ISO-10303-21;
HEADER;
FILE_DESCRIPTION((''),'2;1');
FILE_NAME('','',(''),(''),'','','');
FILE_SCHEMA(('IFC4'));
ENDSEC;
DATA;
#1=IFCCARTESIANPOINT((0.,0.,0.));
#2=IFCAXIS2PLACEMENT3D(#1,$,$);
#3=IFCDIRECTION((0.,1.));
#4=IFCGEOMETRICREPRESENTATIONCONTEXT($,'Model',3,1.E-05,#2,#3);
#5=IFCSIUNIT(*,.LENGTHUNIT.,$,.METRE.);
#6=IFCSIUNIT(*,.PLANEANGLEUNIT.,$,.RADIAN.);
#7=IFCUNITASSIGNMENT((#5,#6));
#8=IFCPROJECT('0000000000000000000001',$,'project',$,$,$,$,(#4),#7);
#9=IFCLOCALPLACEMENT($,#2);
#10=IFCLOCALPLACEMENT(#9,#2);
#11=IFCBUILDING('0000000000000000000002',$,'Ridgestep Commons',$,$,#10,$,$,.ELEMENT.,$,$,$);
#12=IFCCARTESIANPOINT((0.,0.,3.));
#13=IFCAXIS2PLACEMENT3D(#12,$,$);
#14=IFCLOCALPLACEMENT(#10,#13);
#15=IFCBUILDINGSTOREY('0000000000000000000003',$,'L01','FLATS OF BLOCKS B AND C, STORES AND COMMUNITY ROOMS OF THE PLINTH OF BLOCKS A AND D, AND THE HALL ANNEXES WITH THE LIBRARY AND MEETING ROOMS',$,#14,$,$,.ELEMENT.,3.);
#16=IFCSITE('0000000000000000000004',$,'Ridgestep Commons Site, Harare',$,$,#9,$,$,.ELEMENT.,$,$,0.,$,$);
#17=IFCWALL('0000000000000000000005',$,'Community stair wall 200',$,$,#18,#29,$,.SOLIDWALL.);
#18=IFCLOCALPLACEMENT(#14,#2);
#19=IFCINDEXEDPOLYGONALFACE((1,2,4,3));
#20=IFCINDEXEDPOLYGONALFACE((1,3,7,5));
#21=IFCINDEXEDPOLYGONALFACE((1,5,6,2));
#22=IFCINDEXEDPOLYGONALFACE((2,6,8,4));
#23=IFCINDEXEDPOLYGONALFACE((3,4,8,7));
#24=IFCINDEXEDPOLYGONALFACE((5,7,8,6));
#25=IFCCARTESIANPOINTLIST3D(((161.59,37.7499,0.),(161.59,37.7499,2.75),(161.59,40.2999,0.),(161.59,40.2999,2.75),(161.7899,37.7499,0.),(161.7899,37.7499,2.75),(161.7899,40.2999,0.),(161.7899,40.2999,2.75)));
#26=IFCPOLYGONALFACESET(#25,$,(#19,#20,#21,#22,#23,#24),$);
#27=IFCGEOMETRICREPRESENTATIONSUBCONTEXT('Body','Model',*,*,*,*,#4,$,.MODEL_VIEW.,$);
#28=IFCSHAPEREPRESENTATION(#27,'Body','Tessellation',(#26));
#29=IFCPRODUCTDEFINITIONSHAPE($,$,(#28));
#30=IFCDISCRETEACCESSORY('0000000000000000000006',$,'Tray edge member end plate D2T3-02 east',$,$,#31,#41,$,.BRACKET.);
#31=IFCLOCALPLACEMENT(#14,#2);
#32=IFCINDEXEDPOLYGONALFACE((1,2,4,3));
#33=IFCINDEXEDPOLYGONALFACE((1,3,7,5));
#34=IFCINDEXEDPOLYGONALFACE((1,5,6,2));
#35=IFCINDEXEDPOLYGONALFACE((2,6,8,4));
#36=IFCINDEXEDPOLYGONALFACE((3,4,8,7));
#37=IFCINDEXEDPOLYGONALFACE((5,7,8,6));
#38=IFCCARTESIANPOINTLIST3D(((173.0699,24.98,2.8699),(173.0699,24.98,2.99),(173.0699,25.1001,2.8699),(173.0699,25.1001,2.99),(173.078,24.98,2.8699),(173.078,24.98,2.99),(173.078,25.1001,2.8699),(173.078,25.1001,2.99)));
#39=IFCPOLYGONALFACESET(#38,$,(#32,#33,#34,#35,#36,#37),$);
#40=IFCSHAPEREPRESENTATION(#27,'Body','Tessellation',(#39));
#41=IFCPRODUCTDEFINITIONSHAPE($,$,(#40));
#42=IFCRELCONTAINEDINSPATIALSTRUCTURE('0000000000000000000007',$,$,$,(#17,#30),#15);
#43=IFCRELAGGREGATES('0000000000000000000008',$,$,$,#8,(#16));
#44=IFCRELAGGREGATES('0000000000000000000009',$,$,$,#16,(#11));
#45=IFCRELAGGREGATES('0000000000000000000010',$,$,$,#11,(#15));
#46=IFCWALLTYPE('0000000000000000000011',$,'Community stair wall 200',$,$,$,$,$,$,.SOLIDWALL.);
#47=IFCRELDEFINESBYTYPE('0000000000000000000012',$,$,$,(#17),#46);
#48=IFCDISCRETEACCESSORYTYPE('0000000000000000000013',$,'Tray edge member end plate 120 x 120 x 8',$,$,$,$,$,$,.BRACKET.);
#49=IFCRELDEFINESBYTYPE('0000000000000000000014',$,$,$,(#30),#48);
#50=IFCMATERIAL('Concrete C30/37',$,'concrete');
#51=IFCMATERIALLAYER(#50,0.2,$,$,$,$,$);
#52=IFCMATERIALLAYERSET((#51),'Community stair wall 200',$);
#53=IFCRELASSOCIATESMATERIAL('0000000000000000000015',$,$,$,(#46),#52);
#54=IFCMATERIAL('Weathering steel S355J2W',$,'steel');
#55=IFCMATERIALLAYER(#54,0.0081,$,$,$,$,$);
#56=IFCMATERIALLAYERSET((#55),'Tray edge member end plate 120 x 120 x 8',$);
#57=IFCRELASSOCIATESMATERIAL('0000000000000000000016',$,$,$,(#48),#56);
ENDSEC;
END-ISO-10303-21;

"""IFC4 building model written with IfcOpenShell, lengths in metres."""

from ifc_helpers import new_model, si_unit, direction, frame, frame_2d, origin, origin_2d, place, context, subcontext, project, spatial, rectangle, extrude, material, layer, layer_set, type_object, element, save


model = new_model("IFC4")

# Units and contexts
model_context = context("Model", 3, precision=1e-05, world=origin(), true_north=direction((0.0, 1.0)))
body_context = subcontext(model_context, "Body", "Model", "MODEL_VIEW")
ifc_project = project(units=[si_unit("LENGTHUNIT", "METRE"), si_unit("PLANEANGLEUNIT", "RADIAN")], contexts=[model_context])

# Site, building, storey
site_placement = place(None, origin())
site = spatial("IfcSite", under=ifc_project, at=site_placement, Name="Ridgestep Commons Site, Harare", CompositionType="ELEMENT", RefElevation=0.0)
building_placement = place(site_placement, origin())
building = spatial("IfcBuilding", under=site, at=building_placement, Name="Ridgestep Commons", CompositionType="ELEMENT")
storey_placement = place(building_placement, frame((0.0, 0.0, 3.0)))
storey = spatial("IfcBuildingStorey", under=building, at=storey_placement, Name="L01", Description="FLATS OF BLOCKS B AND C, STORES AND COMMUNITY ROOMS OF THE PLINTH OF BLOCKS A AND D, AND THE HALL ANNEXES WITH THE LIBRARY AND MEETING ROOMS", CompositionType="ELEMENT", Elevation=3.0)

# Wall
ifc_material_1 = material(Name="Concrete C30/37", Category="concrete")
ifc_layer_1 = layer(ifc_material_1, 0.2)
ifc_layer_set_1 = layer_set([ifc_layer_1], Name="Community stair wall 200")
wall_type_1 = type_object("IfcWallType", Name="Community stair wall 200", PredefinedType="SOLIDWALL", material=ifc_layer_set_1)
wall_1_placement = place(storey_placement, frame((161.6899, 37.75, 0.0), z_axis=(0.0, 0.0, 1.0), x_axis=(0.0, 1.0, 0.0)))
element("IfcWall", 1, at=wall_1_placement, inside=storey, type_object=wall_type_1, Name="Community stair wall 200", PredefinedType="SOLIDWALL", context=body_context, shape_type="SweptSolid", body=[
    extrude(rectangle(XDim=2.55, YDim=0.2, at=frame_2d((1.2749, 0.0))), origin(), (0.0, 0.0, 1.0), 2.75),
])

# Discrete accessory
ifc_material_2 = material(Name="Weathering steel S355J2W", Category="steel")
ifc_layer_2 = layer(ifc_material_2, 0.0081)
ifc_layer_set_2 = layer_set([ifc_layer_2], Name="Tray edge member end plate 120 x 120 x 8")
discrete_accessory_type = type_object("IfcDiscreteAccessoryType", Name="Tray edge member end plate 120 x 120 x 8", PredefinedType="BRACKET", material=ifc_layer_set_2)
discrete_accessory_placement = place(storey_placement, frame((173.074, 25.04, 2.8699), z_axis=(0.0, 0.0, 1.0), x_axis=(1.0, 0.0, 0.0)))
element("IfcDiscreteAccessory", 2, at=discrete_accessory_placement, inside=storey, type_object=discrete_accessory_type, Name="Tray edge member end plate D2T3-02 east", PredefinedType="BRACKET", context=body_context, shape_type="SweptSolid", body=[
    extrude(rectangle(XDim=0.0081, YDim=0.1201, at=origin_2d()), origin(), (0.0, 0.0, 1.0), 0.1201),
])

save(model, "model.ifc")
